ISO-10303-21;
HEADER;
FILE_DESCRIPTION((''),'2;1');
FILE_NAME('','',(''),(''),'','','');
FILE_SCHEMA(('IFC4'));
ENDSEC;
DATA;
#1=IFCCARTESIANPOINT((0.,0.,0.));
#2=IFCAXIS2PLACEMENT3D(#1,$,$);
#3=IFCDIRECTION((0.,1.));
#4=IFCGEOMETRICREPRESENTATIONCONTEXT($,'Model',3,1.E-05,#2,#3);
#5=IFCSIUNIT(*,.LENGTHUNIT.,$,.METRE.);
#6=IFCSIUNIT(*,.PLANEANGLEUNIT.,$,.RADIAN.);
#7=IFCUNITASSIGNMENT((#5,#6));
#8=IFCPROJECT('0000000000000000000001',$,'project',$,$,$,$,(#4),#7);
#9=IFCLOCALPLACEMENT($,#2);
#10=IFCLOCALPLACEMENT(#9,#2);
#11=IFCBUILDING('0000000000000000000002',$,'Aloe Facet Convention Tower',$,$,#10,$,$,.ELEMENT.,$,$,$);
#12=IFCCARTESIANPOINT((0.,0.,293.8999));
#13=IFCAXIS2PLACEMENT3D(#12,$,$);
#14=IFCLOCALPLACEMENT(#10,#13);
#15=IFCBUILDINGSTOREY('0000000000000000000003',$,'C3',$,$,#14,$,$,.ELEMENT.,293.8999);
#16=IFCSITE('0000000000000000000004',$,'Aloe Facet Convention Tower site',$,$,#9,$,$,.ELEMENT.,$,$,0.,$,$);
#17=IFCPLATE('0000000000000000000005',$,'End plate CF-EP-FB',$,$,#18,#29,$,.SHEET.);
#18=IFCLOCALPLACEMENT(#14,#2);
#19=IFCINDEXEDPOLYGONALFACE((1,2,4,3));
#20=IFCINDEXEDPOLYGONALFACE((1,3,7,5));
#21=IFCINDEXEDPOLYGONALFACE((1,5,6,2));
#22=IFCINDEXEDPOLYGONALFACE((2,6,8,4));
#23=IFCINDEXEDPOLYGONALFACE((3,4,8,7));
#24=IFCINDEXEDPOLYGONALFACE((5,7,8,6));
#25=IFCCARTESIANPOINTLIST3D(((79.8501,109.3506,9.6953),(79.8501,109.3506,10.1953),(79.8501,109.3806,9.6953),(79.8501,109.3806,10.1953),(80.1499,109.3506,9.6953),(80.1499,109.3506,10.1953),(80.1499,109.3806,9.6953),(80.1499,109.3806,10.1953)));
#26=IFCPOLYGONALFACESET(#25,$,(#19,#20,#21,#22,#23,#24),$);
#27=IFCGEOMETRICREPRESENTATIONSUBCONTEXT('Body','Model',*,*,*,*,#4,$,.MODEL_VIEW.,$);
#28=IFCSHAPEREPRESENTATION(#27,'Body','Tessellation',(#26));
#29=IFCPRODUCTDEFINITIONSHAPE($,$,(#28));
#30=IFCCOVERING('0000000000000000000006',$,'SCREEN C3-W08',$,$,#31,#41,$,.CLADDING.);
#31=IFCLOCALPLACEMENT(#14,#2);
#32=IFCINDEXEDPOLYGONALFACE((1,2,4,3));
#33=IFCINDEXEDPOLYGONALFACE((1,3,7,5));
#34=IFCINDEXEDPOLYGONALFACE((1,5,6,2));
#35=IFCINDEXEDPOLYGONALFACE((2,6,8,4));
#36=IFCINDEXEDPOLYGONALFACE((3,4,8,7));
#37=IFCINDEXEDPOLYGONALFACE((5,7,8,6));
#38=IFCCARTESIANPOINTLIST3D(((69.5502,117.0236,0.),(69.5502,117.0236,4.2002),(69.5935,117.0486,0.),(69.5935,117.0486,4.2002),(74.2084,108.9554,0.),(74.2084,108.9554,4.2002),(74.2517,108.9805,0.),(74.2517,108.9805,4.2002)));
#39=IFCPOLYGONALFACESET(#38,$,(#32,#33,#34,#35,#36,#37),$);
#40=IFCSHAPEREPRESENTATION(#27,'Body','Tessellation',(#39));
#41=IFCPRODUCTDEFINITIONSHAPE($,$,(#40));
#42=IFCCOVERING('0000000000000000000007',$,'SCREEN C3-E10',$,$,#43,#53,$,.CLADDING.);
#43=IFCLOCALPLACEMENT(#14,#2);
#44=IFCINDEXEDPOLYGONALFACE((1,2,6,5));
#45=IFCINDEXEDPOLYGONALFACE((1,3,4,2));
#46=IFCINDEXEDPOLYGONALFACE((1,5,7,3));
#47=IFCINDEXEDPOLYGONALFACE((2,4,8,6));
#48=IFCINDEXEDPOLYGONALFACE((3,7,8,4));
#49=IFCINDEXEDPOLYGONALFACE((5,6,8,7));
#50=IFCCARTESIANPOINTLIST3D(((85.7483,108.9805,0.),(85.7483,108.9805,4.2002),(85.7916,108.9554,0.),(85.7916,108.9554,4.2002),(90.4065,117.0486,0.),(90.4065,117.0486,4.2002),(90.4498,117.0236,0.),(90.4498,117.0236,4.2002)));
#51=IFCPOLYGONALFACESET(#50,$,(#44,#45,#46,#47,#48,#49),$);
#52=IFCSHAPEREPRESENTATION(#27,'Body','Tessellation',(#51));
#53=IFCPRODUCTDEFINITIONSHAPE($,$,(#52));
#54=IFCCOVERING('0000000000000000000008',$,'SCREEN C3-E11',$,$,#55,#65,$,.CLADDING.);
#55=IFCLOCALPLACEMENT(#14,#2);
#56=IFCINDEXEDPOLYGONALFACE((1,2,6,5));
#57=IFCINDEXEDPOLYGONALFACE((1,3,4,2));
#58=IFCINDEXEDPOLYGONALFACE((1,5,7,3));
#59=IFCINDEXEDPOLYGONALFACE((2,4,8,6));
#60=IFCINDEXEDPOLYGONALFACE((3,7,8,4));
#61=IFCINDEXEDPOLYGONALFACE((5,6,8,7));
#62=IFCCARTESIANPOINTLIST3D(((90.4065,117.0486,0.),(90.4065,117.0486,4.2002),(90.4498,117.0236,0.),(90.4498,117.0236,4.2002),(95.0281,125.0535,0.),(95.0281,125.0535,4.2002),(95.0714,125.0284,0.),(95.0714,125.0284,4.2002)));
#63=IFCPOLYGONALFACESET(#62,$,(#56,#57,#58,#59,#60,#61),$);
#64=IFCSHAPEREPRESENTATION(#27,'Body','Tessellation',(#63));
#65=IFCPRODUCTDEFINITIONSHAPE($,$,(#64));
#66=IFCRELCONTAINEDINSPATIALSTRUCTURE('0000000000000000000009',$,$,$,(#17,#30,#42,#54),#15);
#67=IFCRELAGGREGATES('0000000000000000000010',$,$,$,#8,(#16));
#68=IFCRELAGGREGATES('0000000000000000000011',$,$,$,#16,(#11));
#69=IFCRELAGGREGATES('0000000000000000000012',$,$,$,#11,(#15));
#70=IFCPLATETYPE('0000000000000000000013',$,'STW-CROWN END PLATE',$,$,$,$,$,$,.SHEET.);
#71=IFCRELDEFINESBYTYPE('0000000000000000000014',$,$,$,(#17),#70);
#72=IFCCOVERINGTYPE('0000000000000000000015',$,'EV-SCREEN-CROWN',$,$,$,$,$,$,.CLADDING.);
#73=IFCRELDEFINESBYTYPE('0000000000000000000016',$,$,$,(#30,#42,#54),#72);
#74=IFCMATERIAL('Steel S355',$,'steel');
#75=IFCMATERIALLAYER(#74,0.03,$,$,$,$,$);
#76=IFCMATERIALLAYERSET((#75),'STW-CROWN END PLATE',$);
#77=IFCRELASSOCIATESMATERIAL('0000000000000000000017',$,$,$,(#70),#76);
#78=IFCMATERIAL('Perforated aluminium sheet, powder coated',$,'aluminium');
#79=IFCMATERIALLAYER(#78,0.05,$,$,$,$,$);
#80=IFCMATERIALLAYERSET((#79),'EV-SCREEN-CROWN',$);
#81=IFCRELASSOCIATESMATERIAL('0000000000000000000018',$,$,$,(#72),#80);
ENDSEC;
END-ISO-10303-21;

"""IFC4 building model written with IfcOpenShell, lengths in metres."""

from ifc_helpers import new_model, si_unit, direction, frame, origin, place, context, subcontext, project, spatial, polyline, outline, extrude, material, layer, layer_set, type_object, element, save


model = new_model("IFC4")

# Units and contexts
model_context = context("Model", 3, precision=1e-05, world=origin(), true_north=direction((0.0, 1.0)))
body_context = subcontext(model_context, "Body", "Model", "MODEL_VIEW")
ifc_project = project(units=[si_unit("LENGTHUNIT", "METRE"), si_unit("PLANEANGLEUNIT", "RADIAN")], contexts=[model_context])

# Site, building, storey
site_placement = place(None, origin())
site = spatial("IfcSite", under=ifc_project, at=site_placement, Name="Aloe Facet Convention Tower site", CompositionType="ELEMENT", RefElevation=0.0)
building_placement = place(site_placement, origin())
building = spatial("IfcBuilding", under=site, at=building_placement, Name="Aloe Facet Convention Tower", CompositionType="ELEMENT")
storey_placement = place(building_placement, frame((0.0, 0.0, 293.8999)))
storey = spatial("IfcBuildingStorey", under=building, at=storey_placement, Name="C3", CompositionType="ELEMENT", Elevation=293.8999)

# Plate
ifc_material_1 = material(Name="Steel S355", Category="steel")
ifc_layer_1 = layer(ifc_material_1, 0.03)
ifc_layer_set_1 = layer_set([ifc_layer_1], Name="STW-CROWN END PLATE")
plate_type_1 = type_object("IfcPlateType", Name="STW-CROWN END PLATE", PredefinedType="SHEET", material=ifc_layer_set_1)
for number, where, z_axis, x_axis, name in (
    (1, (79.8501, 109.3806, 10.1953), (0.0, 1.0, 0.0), (1.0, 0.0, 0.0), "End plate CF-EP-FB"),
):
    element("IfcPlate", number, at=place(storey_placement, frame(where, z_axis=z_axis, x_axis=x_axis)), inside=storey, type_object=plate_type_1, Name=name, PredefinedType="SHEET", context=body_context, shape_type="SweptSolid", body=[
        extrude(outline(polyline([(0.0, 0.0), (0.2998, 0.0), (0.2998, 0.5), (0.0, 0.5), (0.0, 0.0)])), origin(), (0.0, 0.0, -1.0), 0.03),
    ])

# Coverings
ifc_material_2 = material(Name="Perforated aluminium sheet, powder coated", Category="aluminium")
ifc_layer_2 = layer(ifc_material_2, 0.05)
ifc_layer_set_2 = layer_set([ifc_layer_2], Name="EV-SCREEN-CROWN")
covering_type = type_object("IfcCoveringType", Name="EV-SCREEN-CROWN", PredefinedType="CLADDING", material=ifc_layer_set_2)
for number, where, z_axis, x_axis, name in (
    (2, (69.5935, 117.0486, 0.0), (0.866022, 0.500006, 0.0), (0.0, 0.0, 1.0), "SCREEN C3-W08"),
    (3, (85.7483, 108.9805, 0.0), (-0.866022, 0.500006, 0.0), (0.0, 0.0, 1.0), "SCREEN C3-E10"),
):
    element("IfcCovering", number, at=place(storey_placement, frame(where, z_axis=z_axis, x_axis=x_axis)), inside=storey, type_object=covering_type, Name=name, PredefinedType="CLADDING", context=body_context, shape_type="SweptSolid", body=[
        extrude(outline(polyline([(0.0, 0.0), (4.2002, 0.0), (4.2002, 9.3163), (0.0, 9.3163), (0.0, 0.0)])), origin(), (0.0, 0.0, -1.0), 0.05),
    ])
covering_placement = place(storey_placement, frame((90.4065, 117.0486, 0.0), z_axis=(-0.866027, 0.499997, 0.0), x_axis=(0.0, 0.0, 1.0)))
element("IfcCovering", 4, at=covering_placement, inside=storey, type_object=covering_type, Name="SCREEN C3-E11", PredefinedType="CLADDING", context=body_context, shape_type="SweptSolid", body=[
    extrude(outline(polyline([(0.0, 0.0), (4.2002, 0.0), (4.2002, 9.2432), (0.0, 9.2432), (0.0, 0.0)])), origin(), (0.0, 0.0, -1.0), 0.05),
])

save(model, "model.ifc")
